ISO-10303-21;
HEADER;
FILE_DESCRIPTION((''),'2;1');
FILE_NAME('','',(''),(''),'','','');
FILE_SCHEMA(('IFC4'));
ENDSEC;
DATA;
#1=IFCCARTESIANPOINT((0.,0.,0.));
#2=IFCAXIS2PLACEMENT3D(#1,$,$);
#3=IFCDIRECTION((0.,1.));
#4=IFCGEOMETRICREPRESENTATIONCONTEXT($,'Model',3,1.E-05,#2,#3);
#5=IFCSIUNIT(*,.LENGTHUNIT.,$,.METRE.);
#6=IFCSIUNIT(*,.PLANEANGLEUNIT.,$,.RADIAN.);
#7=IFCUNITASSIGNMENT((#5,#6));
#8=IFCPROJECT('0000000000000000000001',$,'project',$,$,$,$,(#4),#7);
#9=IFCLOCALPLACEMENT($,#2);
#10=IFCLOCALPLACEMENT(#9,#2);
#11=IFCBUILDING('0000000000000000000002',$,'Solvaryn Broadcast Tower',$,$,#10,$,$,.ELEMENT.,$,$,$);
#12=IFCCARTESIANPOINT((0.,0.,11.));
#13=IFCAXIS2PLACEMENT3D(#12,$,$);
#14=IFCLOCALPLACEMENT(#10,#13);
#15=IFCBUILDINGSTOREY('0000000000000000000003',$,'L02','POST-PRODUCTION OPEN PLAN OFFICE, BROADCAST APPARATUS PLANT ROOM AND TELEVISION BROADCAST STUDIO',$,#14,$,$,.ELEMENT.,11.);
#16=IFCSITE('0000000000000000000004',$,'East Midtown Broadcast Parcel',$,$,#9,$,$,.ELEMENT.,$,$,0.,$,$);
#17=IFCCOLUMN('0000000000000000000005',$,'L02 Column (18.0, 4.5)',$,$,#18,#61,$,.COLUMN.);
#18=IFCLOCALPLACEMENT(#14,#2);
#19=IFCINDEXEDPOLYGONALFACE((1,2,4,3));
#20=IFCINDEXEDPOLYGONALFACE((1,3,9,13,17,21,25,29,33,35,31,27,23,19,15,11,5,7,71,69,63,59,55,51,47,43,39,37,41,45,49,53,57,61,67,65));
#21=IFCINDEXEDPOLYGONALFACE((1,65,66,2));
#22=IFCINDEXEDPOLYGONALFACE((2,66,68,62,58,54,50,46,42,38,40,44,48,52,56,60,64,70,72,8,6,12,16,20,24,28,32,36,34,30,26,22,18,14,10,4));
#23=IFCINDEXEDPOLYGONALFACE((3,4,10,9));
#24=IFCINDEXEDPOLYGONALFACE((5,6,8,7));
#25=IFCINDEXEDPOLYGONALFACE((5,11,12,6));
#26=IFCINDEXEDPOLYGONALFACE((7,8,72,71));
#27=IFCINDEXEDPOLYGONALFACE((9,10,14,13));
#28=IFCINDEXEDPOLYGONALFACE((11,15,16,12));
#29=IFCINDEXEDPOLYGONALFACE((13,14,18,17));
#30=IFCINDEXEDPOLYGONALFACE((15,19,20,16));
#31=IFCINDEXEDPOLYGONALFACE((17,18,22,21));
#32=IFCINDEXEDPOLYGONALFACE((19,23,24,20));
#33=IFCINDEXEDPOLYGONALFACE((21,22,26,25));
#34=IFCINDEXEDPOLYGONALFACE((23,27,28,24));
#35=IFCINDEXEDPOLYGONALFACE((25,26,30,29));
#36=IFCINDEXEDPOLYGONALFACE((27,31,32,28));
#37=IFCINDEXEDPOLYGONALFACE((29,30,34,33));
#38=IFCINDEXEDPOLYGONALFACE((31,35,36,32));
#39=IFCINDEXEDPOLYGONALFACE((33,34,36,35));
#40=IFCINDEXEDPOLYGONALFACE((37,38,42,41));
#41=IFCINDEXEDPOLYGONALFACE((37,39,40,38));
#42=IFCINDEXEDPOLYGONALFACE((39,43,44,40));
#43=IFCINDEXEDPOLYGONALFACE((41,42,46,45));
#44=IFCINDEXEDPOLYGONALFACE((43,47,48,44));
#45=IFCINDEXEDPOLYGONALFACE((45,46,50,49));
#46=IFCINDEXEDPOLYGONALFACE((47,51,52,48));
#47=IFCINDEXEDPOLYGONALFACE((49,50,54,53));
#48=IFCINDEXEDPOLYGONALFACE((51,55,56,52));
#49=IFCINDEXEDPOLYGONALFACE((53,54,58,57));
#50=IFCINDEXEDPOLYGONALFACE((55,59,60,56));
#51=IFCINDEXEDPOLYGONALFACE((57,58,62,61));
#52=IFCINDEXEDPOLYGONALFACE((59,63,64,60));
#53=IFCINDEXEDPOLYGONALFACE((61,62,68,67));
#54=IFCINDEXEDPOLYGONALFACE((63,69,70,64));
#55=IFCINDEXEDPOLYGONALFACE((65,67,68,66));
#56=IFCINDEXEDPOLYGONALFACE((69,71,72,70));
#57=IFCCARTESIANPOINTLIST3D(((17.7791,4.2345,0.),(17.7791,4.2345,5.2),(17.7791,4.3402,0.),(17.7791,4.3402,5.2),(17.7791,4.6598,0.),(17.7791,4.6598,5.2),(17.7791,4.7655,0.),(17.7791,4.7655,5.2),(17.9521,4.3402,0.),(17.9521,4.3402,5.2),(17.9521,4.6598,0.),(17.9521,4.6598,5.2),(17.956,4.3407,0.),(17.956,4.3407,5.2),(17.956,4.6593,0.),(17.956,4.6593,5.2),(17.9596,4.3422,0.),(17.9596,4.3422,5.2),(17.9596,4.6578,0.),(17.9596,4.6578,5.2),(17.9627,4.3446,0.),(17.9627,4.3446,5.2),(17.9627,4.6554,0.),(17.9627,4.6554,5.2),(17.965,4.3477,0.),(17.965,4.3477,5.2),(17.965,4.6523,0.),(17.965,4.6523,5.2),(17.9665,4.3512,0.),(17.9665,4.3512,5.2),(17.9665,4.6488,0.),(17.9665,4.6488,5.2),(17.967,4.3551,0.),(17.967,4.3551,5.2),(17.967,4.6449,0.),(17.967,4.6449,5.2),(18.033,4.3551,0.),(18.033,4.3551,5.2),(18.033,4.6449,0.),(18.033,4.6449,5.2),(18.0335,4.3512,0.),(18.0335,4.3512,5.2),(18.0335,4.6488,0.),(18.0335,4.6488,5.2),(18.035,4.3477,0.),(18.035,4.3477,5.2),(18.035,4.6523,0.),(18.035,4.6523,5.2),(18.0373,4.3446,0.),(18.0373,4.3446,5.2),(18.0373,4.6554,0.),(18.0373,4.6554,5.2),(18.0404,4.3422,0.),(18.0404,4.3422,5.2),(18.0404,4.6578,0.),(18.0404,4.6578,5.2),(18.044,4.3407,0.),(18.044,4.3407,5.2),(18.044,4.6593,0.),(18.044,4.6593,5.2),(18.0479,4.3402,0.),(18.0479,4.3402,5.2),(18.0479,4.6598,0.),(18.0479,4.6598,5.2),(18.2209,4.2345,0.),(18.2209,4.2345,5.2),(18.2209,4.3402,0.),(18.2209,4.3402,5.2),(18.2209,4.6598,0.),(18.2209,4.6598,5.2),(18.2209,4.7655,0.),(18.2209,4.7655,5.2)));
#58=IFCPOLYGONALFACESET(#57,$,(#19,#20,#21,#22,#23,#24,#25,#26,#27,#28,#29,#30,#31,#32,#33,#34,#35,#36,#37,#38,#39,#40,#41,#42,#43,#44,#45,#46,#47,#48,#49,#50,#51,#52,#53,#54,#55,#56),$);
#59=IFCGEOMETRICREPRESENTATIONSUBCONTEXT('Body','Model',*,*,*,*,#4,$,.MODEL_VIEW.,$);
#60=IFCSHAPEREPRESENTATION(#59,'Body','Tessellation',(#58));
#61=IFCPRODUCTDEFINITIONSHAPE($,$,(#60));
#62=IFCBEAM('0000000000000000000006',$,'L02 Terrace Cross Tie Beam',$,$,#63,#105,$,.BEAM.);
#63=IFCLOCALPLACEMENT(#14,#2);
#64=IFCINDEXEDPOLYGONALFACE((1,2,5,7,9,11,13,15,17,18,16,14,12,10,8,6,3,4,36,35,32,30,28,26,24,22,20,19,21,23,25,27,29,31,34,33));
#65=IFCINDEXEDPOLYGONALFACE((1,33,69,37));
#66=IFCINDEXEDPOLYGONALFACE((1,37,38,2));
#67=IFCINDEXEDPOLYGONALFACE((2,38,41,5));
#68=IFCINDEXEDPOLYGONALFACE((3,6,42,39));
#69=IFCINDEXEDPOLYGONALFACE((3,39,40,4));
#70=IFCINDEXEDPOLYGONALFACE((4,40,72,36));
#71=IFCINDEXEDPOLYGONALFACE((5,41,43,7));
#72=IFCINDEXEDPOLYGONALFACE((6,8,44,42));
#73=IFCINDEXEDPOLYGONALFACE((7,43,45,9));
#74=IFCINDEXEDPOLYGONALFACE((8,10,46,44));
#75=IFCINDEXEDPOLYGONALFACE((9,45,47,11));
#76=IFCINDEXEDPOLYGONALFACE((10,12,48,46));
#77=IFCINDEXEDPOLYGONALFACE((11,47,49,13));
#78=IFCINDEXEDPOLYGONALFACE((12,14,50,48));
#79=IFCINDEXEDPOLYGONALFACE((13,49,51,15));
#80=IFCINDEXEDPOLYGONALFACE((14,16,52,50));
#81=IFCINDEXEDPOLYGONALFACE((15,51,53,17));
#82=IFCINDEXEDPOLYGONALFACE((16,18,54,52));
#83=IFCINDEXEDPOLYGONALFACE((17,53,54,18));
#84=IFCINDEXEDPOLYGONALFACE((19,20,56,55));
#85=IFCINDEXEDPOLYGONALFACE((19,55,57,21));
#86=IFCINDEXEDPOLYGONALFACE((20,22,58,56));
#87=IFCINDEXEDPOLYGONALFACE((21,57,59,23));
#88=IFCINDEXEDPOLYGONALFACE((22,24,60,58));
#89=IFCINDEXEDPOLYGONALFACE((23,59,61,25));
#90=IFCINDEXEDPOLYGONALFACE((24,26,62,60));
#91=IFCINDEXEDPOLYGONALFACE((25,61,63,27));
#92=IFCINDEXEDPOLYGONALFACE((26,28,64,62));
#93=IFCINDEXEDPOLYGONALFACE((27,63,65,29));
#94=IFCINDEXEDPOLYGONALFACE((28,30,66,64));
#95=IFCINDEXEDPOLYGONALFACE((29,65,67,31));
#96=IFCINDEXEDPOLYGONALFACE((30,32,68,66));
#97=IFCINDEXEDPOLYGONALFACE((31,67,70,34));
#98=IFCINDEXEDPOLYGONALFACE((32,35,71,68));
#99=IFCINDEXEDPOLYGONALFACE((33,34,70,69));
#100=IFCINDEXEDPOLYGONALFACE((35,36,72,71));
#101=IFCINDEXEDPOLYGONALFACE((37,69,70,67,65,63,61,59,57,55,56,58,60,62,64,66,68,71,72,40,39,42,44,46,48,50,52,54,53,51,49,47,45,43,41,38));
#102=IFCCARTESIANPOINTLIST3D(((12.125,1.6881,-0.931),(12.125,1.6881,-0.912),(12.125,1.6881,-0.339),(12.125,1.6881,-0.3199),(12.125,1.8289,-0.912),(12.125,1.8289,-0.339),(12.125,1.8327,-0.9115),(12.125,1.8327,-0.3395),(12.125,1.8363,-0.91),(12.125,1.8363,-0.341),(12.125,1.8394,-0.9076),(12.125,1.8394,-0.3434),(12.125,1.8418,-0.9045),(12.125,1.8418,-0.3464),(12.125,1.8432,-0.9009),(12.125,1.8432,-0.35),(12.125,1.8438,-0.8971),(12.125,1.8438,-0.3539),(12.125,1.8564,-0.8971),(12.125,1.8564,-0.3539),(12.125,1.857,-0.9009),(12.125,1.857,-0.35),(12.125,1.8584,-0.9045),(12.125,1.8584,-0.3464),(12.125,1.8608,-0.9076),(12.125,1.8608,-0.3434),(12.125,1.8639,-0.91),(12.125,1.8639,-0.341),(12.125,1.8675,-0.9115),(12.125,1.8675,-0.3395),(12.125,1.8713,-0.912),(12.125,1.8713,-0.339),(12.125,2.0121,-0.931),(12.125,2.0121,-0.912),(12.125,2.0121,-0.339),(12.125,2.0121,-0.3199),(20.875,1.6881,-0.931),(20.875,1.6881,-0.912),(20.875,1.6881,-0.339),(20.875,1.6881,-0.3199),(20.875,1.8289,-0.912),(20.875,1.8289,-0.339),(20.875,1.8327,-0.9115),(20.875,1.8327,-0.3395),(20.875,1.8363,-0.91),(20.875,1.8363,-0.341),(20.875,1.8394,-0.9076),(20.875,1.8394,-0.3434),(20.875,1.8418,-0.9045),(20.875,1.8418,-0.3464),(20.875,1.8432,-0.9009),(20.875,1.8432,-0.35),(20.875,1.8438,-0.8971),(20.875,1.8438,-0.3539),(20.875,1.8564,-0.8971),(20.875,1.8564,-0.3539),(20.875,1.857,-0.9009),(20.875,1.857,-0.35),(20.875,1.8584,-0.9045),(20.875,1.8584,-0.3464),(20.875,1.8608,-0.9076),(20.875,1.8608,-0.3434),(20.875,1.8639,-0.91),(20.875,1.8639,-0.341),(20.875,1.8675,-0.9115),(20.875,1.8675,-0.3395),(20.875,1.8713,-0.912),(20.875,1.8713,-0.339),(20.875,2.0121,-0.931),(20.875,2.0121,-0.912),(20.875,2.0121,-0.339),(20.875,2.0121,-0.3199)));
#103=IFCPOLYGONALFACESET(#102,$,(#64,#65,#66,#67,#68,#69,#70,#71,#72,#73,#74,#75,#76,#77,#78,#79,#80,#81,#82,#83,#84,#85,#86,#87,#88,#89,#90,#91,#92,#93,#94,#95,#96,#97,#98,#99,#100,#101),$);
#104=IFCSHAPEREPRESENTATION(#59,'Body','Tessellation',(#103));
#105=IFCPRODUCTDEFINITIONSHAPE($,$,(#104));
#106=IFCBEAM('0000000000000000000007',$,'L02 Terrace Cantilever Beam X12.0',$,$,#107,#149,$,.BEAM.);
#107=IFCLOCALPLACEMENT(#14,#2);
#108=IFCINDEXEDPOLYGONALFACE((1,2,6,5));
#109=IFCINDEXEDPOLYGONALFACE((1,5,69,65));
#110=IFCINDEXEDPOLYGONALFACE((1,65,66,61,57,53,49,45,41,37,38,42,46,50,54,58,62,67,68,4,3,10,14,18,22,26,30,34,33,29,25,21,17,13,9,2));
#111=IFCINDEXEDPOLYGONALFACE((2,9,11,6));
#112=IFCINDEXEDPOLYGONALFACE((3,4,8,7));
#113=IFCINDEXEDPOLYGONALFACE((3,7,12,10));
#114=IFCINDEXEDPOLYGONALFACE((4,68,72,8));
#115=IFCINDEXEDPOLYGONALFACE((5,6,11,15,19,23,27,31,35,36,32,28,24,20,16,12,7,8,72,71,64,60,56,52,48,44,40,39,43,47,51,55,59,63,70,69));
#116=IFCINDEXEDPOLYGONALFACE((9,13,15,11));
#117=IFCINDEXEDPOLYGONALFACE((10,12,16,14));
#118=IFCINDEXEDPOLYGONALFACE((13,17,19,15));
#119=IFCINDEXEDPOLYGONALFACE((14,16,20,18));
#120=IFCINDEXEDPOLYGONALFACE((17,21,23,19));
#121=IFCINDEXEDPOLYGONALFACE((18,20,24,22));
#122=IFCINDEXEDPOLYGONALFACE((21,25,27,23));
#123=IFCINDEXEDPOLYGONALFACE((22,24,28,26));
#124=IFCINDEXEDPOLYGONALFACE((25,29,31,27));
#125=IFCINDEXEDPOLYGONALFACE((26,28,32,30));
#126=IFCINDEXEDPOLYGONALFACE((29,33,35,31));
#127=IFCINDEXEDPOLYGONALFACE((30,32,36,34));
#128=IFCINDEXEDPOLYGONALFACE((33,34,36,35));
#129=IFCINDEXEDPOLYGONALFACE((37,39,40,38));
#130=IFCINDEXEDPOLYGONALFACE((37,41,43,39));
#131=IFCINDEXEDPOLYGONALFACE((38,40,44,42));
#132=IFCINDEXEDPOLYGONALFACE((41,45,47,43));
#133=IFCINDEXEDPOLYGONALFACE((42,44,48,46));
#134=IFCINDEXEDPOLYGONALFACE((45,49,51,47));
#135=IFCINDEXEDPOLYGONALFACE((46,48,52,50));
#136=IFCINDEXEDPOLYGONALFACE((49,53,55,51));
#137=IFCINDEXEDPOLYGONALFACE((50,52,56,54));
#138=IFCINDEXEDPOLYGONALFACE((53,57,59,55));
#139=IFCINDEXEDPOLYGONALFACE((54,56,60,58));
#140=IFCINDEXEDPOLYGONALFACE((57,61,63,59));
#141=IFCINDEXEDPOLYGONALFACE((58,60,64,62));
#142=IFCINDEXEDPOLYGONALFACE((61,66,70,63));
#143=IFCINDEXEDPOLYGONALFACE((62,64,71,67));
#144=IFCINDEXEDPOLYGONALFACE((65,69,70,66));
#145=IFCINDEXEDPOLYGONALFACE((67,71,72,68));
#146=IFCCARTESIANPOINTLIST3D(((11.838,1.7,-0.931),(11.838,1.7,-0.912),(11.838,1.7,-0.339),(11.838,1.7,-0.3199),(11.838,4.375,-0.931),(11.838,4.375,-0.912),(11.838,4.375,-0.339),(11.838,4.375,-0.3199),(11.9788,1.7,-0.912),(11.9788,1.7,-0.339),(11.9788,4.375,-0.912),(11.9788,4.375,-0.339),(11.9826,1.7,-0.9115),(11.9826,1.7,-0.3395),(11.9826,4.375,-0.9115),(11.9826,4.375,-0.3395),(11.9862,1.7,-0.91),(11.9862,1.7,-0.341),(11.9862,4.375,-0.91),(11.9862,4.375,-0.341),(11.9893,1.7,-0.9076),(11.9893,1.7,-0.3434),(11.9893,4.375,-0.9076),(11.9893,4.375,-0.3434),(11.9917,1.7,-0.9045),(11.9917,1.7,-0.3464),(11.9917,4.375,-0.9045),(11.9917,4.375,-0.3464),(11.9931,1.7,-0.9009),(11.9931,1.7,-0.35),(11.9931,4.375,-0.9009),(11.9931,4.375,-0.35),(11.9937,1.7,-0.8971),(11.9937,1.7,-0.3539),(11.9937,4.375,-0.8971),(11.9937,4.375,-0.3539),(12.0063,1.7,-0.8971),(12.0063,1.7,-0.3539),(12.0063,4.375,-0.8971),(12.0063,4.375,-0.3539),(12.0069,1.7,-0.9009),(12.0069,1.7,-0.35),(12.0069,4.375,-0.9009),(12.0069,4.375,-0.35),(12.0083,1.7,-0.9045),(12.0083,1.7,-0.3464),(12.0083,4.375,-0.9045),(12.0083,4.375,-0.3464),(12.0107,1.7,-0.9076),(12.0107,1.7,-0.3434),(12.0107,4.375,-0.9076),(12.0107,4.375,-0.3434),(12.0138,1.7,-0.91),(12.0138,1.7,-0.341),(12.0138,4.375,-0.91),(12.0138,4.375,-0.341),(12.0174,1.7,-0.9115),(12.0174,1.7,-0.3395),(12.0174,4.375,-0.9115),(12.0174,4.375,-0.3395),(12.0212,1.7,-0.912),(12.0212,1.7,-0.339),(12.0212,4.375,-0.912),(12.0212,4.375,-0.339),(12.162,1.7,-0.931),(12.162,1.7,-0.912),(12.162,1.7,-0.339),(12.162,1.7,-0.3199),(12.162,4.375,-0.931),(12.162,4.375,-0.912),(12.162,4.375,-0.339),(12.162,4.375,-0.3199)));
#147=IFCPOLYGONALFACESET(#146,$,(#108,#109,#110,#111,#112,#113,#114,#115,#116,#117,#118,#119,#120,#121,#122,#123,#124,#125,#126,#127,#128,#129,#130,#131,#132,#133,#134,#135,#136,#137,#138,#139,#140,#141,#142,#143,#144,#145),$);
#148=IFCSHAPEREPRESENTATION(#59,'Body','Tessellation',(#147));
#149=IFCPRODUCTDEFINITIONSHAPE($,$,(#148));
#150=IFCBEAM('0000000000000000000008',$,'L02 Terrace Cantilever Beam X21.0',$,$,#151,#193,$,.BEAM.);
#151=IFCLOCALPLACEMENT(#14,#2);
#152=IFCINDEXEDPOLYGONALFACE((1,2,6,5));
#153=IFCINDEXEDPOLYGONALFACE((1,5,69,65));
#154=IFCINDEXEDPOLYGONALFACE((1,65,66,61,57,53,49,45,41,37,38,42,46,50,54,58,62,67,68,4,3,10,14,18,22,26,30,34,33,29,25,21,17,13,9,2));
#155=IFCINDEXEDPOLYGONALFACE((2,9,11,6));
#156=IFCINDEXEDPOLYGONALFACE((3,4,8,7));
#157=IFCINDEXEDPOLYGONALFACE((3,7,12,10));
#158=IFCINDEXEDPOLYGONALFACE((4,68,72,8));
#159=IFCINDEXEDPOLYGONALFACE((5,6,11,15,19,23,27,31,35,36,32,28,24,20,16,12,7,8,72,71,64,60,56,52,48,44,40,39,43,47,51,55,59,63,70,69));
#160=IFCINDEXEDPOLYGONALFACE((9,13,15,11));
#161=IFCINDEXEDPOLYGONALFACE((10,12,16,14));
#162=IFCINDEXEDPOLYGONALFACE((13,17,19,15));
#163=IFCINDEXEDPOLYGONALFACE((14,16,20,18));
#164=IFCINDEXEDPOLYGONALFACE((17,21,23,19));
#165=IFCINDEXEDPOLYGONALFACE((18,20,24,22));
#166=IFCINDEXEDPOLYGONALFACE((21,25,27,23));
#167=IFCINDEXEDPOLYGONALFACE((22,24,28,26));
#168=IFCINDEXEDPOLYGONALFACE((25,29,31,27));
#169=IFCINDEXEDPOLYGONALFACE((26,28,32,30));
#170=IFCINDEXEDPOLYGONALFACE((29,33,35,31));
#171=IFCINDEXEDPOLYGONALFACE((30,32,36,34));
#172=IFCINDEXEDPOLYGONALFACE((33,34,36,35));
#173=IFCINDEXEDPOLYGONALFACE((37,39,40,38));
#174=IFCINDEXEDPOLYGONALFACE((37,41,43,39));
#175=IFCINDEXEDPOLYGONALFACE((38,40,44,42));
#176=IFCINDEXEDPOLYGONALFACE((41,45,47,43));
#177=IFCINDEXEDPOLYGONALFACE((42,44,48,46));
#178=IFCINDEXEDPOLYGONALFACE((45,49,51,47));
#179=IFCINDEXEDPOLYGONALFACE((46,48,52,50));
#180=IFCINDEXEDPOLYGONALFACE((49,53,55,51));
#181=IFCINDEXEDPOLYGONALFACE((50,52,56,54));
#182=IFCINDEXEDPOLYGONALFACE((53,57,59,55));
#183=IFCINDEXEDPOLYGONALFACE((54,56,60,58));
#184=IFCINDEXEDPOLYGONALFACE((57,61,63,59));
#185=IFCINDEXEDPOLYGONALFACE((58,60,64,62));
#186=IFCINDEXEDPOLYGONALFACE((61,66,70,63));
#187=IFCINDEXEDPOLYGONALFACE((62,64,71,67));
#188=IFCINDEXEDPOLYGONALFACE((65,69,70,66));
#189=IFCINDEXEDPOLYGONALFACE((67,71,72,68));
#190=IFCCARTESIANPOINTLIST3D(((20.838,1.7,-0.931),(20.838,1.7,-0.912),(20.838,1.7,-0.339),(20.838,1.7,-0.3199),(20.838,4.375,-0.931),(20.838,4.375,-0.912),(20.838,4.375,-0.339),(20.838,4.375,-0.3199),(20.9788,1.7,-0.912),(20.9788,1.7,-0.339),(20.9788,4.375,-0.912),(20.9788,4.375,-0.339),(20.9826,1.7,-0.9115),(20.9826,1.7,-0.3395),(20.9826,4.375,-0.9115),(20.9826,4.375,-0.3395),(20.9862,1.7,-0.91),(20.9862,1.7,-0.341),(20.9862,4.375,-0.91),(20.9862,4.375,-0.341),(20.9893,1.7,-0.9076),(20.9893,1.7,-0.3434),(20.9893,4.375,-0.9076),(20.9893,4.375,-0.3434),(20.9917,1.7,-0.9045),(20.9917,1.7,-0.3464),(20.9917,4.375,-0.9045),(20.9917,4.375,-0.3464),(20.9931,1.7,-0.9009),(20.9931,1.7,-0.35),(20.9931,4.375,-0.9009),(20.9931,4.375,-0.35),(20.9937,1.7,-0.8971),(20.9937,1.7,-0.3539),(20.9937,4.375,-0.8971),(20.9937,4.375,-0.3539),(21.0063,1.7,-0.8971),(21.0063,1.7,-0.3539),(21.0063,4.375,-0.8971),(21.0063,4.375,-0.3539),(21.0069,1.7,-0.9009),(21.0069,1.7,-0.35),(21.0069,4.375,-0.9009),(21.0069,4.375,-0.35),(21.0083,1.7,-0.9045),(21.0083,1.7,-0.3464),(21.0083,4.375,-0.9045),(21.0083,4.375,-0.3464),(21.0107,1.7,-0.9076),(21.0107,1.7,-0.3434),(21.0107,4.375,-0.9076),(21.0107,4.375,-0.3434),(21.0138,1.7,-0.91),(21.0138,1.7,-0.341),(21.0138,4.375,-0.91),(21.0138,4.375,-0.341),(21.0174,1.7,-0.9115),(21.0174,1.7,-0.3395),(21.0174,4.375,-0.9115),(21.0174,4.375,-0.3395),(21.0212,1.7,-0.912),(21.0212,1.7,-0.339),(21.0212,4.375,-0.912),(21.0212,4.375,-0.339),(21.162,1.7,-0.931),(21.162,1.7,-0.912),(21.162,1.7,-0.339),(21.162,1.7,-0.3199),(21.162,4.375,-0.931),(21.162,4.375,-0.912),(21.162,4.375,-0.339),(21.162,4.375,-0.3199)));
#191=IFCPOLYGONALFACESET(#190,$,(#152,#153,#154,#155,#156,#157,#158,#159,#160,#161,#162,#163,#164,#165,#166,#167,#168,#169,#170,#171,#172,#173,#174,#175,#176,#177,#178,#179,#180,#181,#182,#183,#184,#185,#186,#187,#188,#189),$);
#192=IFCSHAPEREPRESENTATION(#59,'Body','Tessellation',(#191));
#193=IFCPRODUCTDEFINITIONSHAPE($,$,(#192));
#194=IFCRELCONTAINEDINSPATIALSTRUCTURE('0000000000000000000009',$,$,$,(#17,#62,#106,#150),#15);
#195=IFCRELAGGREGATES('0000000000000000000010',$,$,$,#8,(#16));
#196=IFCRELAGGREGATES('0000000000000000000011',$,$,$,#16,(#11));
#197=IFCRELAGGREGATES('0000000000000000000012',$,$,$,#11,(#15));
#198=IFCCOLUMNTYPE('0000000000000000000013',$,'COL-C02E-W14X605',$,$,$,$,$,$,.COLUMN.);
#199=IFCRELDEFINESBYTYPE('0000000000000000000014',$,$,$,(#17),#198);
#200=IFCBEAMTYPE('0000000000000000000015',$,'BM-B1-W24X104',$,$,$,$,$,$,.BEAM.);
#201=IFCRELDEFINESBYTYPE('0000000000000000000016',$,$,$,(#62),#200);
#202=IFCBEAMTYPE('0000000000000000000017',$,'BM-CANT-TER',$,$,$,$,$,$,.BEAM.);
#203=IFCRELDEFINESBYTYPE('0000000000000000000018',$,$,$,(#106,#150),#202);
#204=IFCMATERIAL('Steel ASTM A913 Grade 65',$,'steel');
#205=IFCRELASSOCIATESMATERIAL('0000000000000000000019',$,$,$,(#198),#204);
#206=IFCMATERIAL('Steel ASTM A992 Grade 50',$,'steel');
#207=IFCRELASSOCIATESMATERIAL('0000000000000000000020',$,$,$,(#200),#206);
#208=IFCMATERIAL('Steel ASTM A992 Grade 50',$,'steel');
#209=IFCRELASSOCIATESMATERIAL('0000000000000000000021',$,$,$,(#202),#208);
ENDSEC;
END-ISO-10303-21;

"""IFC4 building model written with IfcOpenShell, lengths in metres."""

from ifc_helpers import new_model, si_unit, direction, frame, origin, origin_2d, place, context, subcontext, project, spatial, i_section, extrude, material, material_profile, profile_set, type_object, element, save


model = new_model("IFC4")

# Units and contexts
model_context = context("Model", 3, precision=1e-05, world=origin(), true_north=direction((0.0, 1.0)))
body_context = subcontext(model_context, "Body", "Model", "MODEL_VIEW")
ifc_project = project(units=[si_unit("LENGTHUNIT", "METRE"), si_unit("PLANEANGLEUNIT", "RADIAN")], contexts=[model_context])

# Site, building, storey
site_placement = place(None, origin())
site = spatial("IfcSite", under=ifc_project, at=site_placement, Name="East Midtown Broadcast Parcel", CompositionType="ELEMENT", RefElevation=0.0)
building_placement = place(site_placement, origin())
building = spatial("IfcBuilding", under=site, at=building_placement, Name="Solvaryn Broadcast Tower", CompositionType="ELEMENT")
storey_placement = place(building_placement, frame((0.0, 0.0, 11.0)))
storey = spatial("IfcBuildingStorey", under=building, at=storey_placement, Name="L02", Description="POST-PRODUCTION OPEN PLAN OFFICE, BROADCAST APPARATUS PLANT ROOM AND TELEVISION BROADCAST STUDIO", CompositionType="ELEMENT", Elevation=11.0)

# Column
ifc_material_1 = material(Name="Steel ASTM A913 Grade 65", Category="steel")
ifc_material_profile_1 = material_profile(ifc_material_1, i_section(OverallWidth=0.4419, OverallDepth=0.531, WebThickness=0.0659, FlangeThickness=0.1057, FilletRadius=0.0149, at=origin_2d()))
ifc_profile_set_1 = profile_set([ifc_material_profile_1], Name="Steel ASTM A913 Grade 65")
column_type = type_object("IfcColumnType", Name="COL-C02E-W14X605", PredefinedType="COLUMN", material=ifc_profile_set_1)
column_placement = place(storey_placement, frame((18.0, 4.5, 0.0), z_axis=(0.0, 0.0, 1.0), x_axis=(1.0, 0.0, 0.0)))
element("IfcColumn", 1, at=column_placement, inside=storey, type_object=column_type, Name="L02 Column (18.0, 4.5)", PredefinedType="COLUMN", context=body_context, shape_type="SweptSolid", body=[
    extrude(i_section(OverallWidth=0.4419, OverallDepth=0.531, WebThickness=0.0659, FlangeThickness=0.1057, FilletRadius=0.0149, at=origin_2d()), origin(), (0.0, 0.0, 1.0), 5.2),
])

# Beams
ifc_material_2 = material(Name="Steel ASTM A992 Grade 50", Category="steel")
ifc_material_profile_2 = material_profile(ifc_material_2, i_section(OverallWidth=0.324, OverallDepth=0.6111, WebThickness=0.0127, FlangeThickness=0.019, FilletRadius=0.0149, at=origin_2d()))
ifc_profile_set_2 = profile_set([ifc_material_profile_2], Name="Steel ASTM A992 Grade 50")
beam_type_1 = type_object("IfcBeamType", Name="BM-B1-W24X104", PredefinedType="BEAM", material=ifc_profile_set_2)
beam_1_placement = place(storey_placement, frame((12.125, 1.8501, -0.6255), z_axis=(1.0, 0.0, 0.0), x_axis=(0.0, 1.0, 0.0)))
element("IfcBeam", 2, at=beam_1_placement, inside=storey, type_object=beam_type_1, Name="L02 Terrace Cross Tie Beam", PredefinedType="BEAM", context=body_context, shape_type="SweptSolid", body=[
    extrude(i_section(OverallWidth=0.324, OverallDepth=0.6111, WebThickness=0.0127, FlangeThickness=0.019, FilletRadius=0.0149, at=origin_2d()), origin(), (0.0, 0.0, 1.0), 8.75),
])
ifc_material_3 = material(Name="Steel ASTM A992 Grade 50", Category="steel")
ifc_material_profile_3 = material_profile(ifc_material_3, i_section(OverallWidth=0.324, OverallDepth=0.6111, WebThickness=0.0127, FlangeThickness=0.019, FilletRadius=0.0149, at=origin_2d()))
ifc_profile_set_3 = profile_set([ifc_material_profile_3], Name="Steel ASTM A992 Grade 50")
beam_type_2 = type_object("IfcBeamType", Name="BM-CANT-TER", PredefinedType="BEAM", material=ifc_profile_set_3)
for number, where, z_axis, x_axis, name in (
    (3, (12.0, 4.375, -0.6255), (0.0, -1.0, 0.0), (1.0, 0.0, 0.0), "L02 Terrace Cantilever Beam X12.0"),
    (4, (21.0, 4.375, -0.6255), (0.0, -1.0, 0.0), (1.0, 0.0, 0.0), "L02 Terrace Cantilever Beam X21.0"),
):
    element("IfcBeam", number, at=place(storey_placement, frame(where, z_axis=z_axis, x_axis=x_axis)), inside=storey, type_object=beam_type_2, Name=name, PredefinedType="BEAM", context=body_context, shape_type="SweptSolid", body=[
        extrude(i_section(OverallWidth=0.324, OverallDepth=0.6111, WebThickness=0.0127, FlangeThickness=0.019, FilletRadius=0.0149, at=origin_2d()), origin(), (0.0, 0.0, 1.0), 2.675),
    ])

save(model, "model.ifc")
